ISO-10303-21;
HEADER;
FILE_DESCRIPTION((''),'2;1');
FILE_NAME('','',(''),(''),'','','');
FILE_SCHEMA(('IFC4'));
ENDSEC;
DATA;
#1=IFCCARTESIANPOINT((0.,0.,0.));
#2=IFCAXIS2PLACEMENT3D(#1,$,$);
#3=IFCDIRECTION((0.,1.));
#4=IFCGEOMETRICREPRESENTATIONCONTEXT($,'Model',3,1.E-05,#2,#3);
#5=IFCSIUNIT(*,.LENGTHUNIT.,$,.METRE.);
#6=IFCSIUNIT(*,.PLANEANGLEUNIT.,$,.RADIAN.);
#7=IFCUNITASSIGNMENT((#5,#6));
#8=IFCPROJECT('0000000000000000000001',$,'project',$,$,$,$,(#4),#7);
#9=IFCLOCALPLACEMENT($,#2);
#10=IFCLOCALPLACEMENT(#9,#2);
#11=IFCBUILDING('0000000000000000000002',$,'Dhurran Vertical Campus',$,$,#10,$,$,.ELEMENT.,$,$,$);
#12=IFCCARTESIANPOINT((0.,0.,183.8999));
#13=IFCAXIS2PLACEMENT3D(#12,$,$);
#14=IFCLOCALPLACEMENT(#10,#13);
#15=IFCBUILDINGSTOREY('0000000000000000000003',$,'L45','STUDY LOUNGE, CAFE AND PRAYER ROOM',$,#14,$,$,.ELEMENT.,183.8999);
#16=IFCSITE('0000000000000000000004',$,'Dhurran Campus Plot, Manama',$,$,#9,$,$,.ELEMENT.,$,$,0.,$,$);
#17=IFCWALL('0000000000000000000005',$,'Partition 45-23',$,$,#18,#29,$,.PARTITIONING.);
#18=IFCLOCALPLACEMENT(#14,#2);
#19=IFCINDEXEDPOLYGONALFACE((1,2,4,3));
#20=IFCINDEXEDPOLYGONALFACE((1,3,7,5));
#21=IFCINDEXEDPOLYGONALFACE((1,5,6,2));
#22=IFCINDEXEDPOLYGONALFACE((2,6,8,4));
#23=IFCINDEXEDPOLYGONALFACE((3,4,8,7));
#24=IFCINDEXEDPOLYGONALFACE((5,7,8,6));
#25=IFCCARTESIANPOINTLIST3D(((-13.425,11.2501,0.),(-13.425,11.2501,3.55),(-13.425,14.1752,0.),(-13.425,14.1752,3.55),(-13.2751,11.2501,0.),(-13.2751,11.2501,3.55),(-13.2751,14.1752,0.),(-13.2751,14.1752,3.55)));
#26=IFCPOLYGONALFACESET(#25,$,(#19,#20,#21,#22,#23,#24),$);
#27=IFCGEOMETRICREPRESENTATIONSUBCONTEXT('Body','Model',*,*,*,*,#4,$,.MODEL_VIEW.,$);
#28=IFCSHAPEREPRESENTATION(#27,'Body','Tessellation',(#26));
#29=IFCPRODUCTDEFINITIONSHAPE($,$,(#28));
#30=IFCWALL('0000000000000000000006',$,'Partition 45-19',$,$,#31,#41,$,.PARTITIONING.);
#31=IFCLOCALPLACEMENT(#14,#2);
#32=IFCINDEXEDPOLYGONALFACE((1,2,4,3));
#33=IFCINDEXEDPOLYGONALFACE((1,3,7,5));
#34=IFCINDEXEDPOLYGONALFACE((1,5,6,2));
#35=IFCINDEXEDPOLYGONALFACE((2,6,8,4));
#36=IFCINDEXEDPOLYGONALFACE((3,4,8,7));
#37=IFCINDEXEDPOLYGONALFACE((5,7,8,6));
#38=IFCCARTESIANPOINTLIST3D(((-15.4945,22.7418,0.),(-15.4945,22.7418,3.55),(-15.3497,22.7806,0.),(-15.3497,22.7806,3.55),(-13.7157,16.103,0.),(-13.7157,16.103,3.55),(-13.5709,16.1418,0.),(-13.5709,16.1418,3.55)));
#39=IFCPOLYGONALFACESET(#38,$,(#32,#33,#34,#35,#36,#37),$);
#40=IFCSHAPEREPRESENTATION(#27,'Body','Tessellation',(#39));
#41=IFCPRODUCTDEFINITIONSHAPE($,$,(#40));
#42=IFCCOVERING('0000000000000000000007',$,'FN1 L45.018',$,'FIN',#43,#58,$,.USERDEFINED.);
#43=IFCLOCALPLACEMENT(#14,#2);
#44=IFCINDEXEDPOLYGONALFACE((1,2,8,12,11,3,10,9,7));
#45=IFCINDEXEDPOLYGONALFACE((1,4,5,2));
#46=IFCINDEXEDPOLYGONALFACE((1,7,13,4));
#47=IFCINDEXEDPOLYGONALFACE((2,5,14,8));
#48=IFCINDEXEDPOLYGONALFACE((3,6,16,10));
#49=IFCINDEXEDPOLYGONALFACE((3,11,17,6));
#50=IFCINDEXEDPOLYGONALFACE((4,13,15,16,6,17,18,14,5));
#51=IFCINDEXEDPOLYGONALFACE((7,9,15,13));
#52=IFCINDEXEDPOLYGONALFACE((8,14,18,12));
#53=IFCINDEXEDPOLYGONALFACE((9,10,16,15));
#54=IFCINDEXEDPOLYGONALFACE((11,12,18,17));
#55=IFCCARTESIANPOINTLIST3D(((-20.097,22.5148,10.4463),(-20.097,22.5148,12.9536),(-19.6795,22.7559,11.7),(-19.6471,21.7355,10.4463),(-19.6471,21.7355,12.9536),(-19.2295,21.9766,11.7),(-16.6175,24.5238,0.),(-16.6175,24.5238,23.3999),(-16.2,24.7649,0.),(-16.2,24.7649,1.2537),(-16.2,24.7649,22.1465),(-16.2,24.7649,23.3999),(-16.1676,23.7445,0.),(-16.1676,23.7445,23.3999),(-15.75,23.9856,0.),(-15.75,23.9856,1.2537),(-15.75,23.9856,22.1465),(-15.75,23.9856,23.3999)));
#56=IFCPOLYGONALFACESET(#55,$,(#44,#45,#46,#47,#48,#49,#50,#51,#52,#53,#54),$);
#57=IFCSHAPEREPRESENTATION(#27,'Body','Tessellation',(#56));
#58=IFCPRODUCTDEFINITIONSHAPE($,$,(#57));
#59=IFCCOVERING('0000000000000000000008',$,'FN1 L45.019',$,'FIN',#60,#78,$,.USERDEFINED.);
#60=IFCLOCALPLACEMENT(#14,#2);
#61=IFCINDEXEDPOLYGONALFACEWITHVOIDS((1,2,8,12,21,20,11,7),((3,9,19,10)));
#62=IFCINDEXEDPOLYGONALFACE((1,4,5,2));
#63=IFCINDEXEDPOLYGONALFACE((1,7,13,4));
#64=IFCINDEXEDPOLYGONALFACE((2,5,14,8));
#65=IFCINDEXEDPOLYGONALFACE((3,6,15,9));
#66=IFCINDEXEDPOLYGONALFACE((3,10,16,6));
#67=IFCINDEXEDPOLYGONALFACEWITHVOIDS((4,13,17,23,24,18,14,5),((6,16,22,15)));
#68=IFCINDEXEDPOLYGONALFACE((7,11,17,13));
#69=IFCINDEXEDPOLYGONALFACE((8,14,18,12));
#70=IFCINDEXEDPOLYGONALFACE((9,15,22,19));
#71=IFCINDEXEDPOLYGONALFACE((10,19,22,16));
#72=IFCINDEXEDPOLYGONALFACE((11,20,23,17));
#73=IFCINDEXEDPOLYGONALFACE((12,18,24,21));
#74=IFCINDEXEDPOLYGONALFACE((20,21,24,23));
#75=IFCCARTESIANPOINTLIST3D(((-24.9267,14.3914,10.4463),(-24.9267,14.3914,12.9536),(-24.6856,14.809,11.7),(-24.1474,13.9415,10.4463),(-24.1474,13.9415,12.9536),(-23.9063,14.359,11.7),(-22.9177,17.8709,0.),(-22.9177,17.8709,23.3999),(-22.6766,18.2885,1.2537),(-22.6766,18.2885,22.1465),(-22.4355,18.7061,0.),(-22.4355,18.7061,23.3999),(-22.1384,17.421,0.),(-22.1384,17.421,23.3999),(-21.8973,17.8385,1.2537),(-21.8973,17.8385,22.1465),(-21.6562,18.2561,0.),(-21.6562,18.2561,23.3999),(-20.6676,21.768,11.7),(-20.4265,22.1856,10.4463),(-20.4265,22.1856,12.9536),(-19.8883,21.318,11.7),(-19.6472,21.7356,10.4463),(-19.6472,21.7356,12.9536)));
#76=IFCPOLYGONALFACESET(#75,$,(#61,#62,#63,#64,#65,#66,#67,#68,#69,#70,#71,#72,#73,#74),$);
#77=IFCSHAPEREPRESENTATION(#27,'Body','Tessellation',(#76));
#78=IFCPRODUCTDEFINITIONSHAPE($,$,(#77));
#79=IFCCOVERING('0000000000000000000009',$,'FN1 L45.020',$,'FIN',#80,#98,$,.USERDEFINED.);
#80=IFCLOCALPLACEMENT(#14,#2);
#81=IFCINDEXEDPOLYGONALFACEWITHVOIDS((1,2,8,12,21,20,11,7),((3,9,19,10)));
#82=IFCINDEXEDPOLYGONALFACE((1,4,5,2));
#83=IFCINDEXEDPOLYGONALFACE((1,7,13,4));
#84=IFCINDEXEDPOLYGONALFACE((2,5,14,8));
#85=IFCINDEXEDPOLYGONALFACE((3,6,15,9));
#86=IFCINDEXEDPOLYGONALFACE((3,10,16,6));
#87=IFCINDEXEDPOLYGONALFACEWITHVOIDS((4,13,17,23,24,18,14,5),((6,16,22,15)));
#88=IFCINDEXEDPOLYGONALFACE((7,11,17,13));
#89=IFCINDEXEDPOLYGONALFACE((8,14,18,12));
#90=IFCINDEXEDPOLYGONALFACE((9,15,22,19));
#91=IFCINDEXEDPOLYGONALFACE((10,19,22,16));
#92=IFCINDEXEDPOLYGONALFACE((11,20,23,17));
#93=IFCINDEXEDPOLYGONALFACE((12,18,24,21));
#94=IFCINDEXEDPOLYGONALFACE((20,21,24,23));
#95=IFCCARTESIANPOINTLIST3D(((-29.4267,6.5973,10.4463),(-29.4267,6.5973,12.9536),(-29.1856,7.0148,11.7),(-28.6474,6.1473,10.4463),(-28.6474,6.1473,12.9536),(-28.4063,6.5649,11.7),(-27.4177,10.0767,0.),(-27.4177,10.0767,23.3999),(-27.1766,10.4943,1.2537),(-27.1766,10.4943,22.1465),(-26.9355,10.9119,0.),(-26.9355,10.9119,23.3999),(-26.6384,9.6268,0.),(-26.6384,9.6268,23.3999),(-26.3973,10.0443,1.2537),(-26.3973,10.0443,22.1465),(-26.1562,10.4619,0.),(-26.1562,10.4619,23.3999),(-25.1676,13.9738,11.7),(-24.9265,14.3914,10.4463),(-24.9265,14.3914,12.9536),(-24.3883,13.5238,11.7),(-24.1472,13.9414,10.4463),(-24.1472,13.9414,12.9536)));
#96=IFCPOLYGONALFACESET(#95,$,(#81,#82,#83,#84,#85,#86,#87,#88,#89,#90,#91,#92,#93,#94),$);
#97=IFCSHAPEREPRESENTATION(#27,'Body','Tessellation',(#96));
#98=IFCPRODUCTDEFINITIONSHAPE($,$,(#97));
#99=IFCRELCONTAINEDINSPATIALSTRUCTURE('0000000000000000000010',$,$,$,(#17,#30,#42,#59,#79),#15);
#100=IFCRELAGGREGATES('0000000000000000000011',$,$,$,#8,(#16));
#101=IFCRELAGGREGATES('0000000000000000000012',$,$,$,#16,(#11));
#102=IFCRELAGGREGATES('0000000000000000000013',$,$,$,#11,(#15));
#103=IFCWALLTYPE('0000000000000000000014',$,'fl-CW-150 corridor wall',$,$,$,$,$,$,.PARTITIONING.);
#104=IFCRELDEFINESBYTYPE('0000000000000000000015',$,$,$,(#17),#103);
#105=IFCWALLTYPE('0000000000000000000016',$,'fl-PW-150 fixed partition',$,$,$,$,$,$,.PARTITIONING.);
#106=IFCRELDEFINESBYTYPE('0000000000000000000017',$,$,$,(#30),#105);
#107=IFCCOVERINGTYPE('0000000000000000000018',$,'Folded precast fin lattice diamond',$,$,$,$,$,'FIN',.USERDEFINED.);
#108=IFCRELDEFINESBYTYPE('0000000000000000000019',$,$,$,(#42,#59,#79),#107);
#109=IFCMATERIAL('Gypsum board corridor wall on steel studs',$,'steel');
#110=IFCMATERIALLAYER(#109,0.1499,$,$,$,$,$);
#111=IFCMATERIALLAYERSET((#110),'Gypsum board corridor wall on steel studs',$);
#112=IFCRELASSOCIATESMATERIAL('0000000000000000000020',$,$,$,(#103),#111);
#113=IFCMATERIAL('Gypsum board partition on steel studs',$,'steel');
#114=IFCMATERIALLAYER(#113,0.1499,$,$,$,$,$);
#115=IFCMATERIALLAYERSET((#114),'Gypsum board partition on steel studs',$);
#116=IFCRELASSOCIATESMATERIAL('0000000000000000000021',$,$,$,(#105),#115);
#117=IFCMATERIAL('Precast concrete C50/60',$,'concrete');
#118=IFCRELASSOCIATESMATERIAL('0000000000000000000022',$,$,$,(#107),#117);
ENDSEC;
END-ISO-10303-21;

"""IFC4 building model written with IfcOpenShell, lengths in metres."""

from ifc_helpers import new_model, si_unit, direction, frame, frame_2d, origin, place, context, subcontext, project, spatial, polyline, rectangle, outline, extrude, material, layer, layer_set, type_object, element, save


model = new_model("IFC4")

# Units and contexts
model_context = context("Model", 3, precision=1e-05, world=origin(), true_north=direction((0.0, 1.0)))
body_context = subcontext(model_context, "Body", "Model", "MODEL_VIEW")
ifc_project = project(units=[si_unit("LENGTHUNIT", "METRE"), si_unit("PLANEANGLEUNIT", "RADIAN")], contexts=[model_context])

# Site, building, storey
site_placement = place(None, origin())
site = spatial("IfcSite", under=ifc_project, at=site_placement, Name="Dhurran Campus Plot, Manama", CompositionType="ELEMENT", RefElevation=0.0)
building_placement = place(site_placement, origin())
building = spatial("IfcBuilding", under=site, at=building_placement, Name="Dhurran Vertical Campus", CompositionType="ELEMENT")
storey_placement = place(building_placement, frame((0.0, 0.0, 183.8999)))
storey = spatial("IfcBuildingStorey", under=building, at=storey_placement, Name="L45", Description="STUDY LOUNGE, CAFE AND PRAYER ROOM", CompositionType="ELEMENT", Elevation=183.8999)

# Shared definitions
ifc_material_1 = material(Name="Gypsum board corridor wall on steel studs", Category="steel")
ifc_layer_1 = layer(ifc_material_1, 0.1499)
ifc_layer_set_1 = layer_set([ifc_layer_1], Name="Gypsum board corridor wall on steel studs")
wall_type_1 = type_object("IfcWallType", Name="fl-CW-150 corridor wall", PredefinedType="PARTITIONING", material=ifc_layer_set_1)

# Walls
wall_1_placement = place(storey_placement, frame((-13.3501, 14.175, 0.0), z_axis=(0.0, 0.0, 1.0), x_axis=(0.0, -1.0, 0.0)))
element("IfcWall", 1, at=wall_1_placement, inside=storey, type_object=wall_type_1, Name="Partition 45-23", PredefinedType="PARTITIONING", context=body_context, shape_type="SweptSolid", body=[
    extrude(rectangle(XDim=2.925, YDim=0.1499, at=frame_2d((1.4624, 0.0))), origin(), (0.0, 0.0, 1.0), 3.55),
])
ifc_material_2 = material(Name="Gypsum board partition on steel studs", Category="steel")
ifc_layer_2 = layer(ifc_material_2, 0.1499)
ifc_layer_set_2 = layer_set([ifc_layer_2], Name="Gypsum board partition on steel studs")
wall_type_2 = type_object("IfcWallType", Name="fl-PW-150 fixed partition", PredefinedType="PARTITIONING", material=ifc_layer_set_2)
wall_2_placement = place(storey_placement, frame((-15.4221, 22.7612, 0.0), z_axis=(0.0, 0.0, 1.0), x_axis=(0.258808, -0.965929, 0.0)))
element("IfcWall", 2, at=wall_2_placement, inside=storey, type_object=wall_type_2, Name="Partition 45-19", PredefinedType="PARTITIONING", context=body_context, shape_type="SweptSolid", body=[
    extrude(rectangle(XDim=6.873, YDim=0.1499, at=frame_2d((3.4365, 0.0))), origin(), (0.0, 0.0, 1.0), 3.55),
])

# Coverings
ifc_material_3 = material(Name="Precast concrete C50/60", Category="concrete")
covering_type = type_object("IfcCoveringType", Name="Folded precast fin lattice diamond", ElementType="FIN", PredefinedType="USERDEFINED", material=ifc_material_3)
covering_placement = place(storey_placement, frame((-15.75, 23.9856, 0.0), z_axis=(-0.50002, 0.866014, 0.0), x_axis=(-0.866014, -0.50002, 0.0)))
element("IfcCovering", 3, at=covering_placement, inside=storey, type_object=covering_type, Name="FN1 L45.018", ObjectType="FIN", PredefinedType="USERDEFINED", context=body_context, shape_type="SweptSolid", body=[
    extrude(outline(polyline([(4.5, 10.4463), (0.4822, 0.0), (0.0, 0.0), (0.0, 1.2537), (4.0178, 11.7), (0.0, 22.1465), (0.0, 23.3999), (0.4822, 23.3999), (4.5, 12.9536), (4.5, 10.4463)])), origin(), (0.0, 0.0, 1.0), 0.8999),
])
for number, where, z_axis, x_axis, name in (
    (4, (-19.6472, 21.7356, 0.0), (-0.866014, 0.50002, 0.0), (-0.50002, -0.866014, 0.0), "FN1 L45.019"),
    (5, (-24.1472, 13.9414, 0.0), (-0.866014, 0.50002, 0.0), (-0.50002, -0.866014, 0.0), "FN1 L45.020"),
):
    element("IfcCovering", number, at=place(storey_placement, frame(where, z_axis=z_axis, x_axis=x_axis)), inside=storey, type_object=covering_type, Name=name, ObjectType="FIN", PredefinedType="USERDEFINED", context=body_context, shape_type="SweptSolid", body=[
        extrude(outline(polyline([(9.0, 12.9536), (9.0, 10.4463), (4.9822, 0.0), (4.0178, 0.0), (0.0, 10.4463), (0.0, 12.9536), (4.0178, 23.3999), (4.9822, 23.3999), (9.0, 12.9536)]), holes=[polyline([(8.5178, 11.7), (4.5, 22.1465), (0.4822, 11.7), (4.5, 1.2537), (8.5178, 11.7)])]), origin(), (0.0, 0.0, 1.0), 0.8999),
    ])

save(model, "model.ifc")
